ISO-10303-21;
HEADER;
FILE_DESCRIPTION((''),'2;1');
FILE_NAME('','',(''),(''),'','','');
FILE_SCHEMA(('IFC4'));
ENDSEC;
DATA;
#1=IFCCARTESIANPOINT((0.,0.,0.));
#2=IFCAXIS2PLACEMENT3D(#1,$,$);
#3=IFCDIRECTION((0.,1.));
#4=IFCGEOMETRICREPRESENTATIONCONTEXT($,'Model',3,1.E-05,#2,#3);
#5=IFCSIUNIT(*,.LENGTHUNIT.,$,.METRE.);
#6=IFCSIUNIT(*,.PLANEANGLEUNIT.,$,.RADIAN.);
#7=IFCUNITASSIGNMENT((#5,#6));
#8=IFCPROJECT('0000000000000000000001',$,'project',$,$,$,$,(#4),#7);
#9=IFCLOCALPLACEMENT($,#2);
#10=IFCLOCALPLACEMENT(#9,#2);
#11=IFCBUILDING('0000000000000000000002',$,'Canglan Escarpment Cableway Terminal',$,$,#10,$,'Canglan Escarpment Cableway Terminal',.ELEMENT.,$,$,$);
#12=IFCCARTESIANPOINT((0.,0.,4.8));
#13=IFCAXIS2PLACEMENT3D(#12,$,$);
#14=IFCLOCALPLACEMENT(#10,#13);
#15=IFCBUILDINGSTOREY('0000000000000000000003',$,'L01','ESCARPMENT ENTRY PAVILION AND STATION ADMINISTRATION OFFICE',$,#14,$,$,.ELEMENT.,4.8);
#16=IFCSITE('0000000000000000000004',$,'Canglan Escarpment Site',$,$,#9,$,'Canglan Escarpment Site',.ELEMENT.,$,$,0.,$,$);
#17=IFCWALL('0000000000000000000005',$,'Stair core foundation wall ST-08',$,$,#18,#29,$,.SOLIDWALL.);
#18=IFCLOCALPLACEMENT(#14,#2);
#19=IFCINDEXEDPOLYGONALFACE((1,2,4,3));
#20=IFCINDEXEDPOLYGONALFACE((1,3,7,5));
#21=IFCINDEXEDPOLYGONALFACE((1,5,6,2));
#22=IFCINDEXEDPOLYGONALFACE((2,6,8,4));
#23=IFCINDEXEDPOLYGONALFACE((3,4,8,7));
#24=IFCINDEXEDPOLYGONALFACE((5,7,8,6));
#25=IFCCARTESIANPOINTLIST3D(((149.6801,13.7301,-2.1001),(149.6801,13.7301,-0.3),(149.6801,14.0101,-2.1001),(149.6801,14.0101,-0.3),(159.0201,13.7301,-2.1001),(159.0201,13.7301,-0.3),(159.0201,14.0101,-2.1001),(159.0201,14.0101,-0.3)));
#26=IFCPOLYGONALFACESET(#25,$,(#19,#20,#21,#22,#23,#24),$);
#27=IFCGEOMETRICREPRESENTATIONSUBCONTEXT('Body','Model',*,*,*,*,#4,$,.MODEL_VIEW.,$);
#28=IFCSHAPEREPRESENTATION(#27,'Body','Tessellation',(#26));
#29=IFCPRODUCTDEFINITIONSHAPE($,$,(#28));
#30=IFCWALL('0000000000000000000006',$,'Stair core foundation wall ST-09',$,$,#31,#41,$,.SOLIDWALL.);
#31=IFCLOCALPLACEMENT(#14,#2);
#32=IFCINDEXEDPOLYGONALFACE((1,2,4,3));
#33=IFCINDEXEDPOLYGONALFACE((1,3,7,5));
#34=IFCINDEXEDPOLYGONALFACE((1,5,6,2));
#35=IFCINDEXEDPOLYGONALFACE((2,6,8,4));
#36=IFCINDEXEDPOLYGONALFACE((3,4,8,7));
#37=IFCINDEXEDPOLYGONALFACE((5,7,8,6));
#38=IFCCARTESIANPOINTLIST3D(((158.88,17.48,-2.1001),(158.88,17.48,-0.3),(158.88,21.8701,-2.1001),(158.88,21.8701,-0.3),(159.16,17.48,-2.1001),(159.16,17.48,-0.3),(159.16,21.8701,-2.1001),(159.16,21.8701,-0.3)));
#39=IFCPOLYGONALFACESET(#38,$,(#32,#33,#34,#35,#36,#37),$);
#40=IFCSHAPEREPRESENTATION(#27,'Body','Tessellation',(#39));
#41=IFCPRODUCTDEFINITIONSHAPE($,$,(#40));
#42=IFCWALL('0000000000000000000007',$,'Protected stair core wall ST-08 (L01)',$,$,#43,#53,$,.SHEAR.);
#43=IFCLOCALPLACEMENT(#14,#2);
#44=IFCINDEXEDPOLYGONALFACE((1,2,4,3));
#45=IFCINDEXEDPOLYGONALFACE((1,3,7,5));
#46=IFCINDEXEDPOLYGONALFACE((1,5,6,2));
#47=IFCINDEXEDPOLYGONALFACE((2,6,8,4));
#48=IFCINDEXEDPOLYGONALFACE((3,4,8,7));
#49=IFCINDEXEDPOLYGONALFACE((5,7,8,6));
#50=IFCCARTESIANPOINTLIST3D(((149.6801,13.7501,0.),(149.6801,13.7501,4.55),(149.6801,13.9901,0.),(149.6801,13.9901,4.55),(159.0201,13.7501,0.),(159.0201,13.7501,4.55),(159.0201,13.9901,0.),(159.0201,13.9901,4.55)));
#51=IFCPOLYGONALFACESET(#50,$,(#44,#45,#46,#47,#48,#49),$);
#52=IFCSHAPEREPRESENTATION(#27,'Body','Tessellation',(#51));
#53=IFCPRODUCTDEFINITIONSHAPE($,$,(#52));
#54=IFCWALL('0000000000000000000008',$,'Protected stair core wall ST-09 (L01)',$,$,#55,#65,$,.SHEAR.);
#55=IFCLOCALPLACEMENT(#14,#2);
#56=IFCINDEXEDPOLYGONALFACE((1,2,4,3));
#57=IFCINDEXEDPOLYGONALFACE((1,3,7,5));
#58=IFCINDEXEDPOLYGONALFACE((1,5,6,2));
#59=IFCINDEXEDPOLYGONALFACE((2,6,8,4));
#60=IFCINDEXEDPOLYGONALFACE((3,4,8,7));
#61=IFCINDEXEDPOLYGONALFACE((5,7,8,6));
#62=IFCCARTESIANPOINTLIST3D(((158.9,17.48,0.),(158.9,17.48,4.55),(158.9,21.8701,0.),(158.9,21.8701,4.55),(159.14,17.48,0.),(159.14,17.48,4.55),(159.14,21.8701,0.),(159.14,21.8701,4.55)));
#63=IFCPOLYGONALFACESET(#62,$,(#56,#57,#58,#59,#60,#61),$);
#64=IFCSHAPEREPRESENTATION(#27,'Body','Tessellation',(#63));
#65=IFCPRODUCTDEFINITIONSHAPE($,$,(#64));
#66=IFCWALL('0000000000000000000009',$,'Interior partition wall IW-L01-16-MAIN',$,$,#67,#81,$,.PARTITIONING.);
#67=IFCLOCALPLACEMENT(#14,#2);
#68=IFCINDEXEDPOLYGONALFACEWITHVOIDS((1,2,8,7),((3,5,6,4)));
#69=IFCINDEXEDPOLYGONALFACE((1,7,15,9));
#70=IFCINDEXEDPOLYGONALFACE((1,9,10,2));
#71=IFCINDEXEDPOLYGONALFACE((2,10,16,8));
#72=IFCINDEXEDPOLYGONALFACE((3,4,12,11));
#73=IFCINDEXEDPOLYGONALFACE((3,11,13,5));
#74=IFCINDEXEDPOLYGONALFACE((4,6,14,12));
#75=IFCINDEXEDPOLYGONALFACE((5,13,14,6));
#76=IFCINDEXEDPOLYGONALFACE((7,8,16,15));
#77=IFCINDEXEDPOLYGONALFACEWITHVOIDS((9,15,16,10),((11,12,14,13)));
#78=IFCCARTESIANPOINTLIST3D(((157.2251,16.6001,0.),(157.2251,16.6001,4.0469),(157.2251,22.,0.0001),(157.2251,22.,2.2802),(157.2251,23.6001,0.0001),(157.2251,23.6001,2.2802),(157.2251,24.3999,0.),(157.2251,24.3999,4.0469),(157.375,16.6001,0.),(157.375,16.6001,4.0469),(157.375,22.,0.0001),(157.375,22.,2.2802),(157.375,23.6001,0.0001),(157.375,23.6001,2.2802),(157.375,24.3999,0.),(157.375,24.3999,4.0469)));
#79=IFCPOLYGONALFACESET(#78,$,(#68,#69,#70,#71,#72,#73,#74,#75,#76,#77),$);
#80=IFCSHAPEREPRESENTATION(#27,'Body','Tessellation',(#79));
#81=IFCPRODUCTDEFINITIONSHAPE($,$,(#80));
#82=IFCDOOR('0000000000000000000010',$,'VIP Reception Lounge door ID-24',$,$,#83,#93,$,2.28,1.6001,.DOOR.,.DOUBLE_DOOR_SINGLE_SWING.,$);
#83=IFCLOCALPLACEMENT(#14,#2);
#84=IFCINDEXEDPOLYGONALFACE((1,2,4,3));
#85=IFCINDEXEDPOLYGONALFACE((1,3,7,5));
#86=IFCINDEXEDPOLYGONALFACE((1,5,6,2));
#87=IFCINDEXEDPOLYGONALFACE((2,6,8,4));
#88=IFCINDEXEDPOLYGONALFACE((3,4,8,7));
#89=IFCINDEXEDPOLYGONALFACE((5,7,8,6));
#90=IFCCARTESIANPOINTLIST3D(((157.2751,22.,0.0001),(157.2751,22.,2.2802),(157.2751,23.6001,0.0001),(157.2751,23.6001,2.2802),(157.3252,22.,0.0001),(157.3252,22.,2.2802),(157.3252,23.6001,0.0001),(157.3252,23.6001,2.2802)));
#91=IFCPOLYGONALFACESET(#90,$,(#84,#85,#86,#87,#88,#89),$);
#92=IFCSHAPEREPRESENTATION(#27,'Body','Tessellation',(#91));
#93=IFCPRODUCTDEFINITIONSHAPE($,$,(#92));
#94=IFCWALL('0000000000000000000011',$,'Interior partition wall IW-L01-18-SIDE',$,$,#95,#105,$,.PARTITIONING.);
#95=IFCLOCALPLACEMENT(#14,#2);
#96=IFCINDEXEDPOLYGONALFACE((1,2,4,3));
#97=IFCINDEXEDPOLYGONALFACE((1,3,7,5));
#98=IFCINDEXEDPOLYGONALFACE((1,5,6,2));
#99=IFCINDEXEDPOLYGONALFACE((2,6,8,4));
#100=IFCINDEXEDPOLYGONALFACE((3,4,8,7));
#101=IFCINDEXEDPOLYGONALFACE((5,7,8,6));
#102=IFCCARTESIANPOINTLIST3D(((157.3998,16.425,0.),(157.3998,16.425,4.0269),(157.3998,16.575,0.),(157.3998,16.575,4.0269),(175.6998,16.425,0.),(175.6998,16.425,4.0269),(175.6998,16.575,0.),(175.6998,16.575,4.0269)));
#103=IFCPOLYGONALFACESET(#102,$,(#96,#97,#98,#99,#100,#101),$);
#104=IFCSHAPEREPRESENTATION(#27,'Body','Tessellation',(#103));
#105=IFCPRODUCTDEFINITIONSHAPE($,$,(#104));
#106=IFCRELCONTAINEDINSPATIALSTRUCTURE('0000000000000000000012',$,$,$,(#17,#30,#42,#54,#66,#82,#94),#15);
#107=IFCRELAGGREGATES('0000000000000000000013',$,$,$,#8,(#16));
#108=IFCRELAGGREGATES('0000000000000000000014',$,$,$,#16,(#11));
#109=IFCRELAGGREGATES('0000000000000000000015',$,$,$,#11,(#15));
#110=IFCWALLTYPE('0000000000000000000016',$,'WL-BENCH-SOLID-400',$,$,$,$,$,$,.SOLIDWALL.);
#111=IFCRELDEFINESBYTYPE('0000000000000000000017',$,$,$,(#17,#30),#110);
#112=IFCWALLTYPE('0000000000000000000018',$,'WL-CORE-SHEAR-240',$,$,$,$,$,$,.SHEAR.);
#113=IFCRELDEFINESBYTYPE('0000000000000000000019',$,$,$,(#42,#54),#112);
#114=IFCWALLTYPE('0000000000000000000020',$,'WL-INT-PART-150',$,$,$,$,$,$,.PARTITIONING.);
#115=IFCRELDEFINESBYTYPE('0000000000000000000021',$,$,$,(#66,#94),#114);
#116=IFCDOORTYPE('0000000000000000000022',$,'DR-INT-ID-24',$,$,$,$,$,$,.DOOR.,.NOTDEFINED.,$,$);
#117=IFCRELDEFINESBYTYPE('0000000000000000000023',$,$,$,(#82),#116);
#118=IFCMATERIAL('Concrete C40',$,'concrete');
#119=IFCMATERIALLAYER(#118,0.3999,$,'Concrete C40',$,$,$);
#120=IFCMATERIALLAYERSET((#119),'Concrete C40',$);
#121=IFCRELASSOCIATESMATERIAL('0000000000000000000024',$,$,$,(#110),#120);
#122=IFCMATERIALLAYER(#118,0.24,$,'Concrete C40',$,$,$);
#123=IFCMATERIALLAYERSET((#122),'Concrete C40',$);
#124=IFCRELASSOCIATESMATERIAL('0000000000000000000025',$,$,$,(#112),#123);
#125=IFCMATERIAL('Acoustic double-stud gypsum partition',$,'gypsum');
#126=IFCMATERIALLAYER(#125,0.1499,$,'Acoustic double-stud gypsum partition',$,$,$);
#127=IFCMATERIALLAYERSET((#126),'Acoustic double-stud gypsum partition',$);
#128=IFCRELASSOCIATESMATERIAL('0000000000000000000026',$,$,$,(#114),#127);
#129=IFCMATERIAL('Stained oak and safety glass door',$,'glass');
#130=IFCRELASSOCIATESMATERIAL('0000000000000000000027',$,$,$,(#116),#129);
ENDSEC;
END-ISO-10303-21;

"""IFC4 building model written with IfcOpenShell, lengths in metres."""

from ifc_helpers import new_model, si_unit, direction, frame, frame_2d, origin, place, context, subcontext, project, spatial, rectangle, extrude, material, layer, layer_set, type_object, element, fill, save


model = new_model("IFC4")

# Units and contexts
model_context = context("Model", 3, precision=1e-05, world=origin(), true_north=direction((0.0, 1.0)))
body_context = subcontext(model_context, "Body", "Model", "MODEL_VIEW")
ifc_project = project(units=[si_unit("LENGTHUNIT", "METRE"), si_unit("PLANEANGLEUNIT", "RADIAN")], contexts=[model_context])

# Site, building, storey
site_placement = place(None, origin())
site = spatial("IfcSite", under=ifc_project, at=site_placement, Name="Canglan Escarpment Site", LongName="Canglan Escarpment Site", CompositionType="ELEMENT", RefElevation=0.0)
building_placement = place(site_placement, origin())
building = spatial("IfcBuilding", under=site, at=building_placement, Name="Canglan Escarpment Cableway Terminal", LongName="Canglan Escarpment Cableway Terminal", CompositionType="ELEMENT")
storey_placement = place(building_placement, frame((0.0, 0.0, 4.8)))
storey = spatial("IfcBuildingStorey", under=building, at=storey_placement, Name="L01", Description="ESCARPMENT ENTRY PAVILION AND STATION ADMINISTRATION OFFICE", CompositionType="ELEMENT", Elevation=4.8)

# Shared definitions
ifc_material_1 = material(Name="Concrete C40", Category="concrete")

# Walls
ifc_layer_1 = layer(ifc_material_1, 0.3999, Name="Concrete C40")
ifc_layer_set_1 = layer_set([ifc_layer_1], Name="Concrete C40")
wall_type_1 = type_object("IfcWallType", Name="WL-BENCH-SOLID-400", PredefinedType="SOLIDWALL", material=ifc_layer_set_1)
wall_1_placement = place(storey_placement, frame((159.02, 13.8701, -2.1001), z_axis=(0.0, 0.0, 1.0), x_axis=(-1.0, 0.0, 0.0)))
element("IfcWall", 1, at=wall_1_placement, inside=storey, type_object=wall_type_1, Name="Stair core foundation wall ST-08", PredefinedType="SOLIDWALL", context=body_context, shape_type="SweptSolid", body=[
    extrude(rectangle(XDim=9.3401, YDim=0.28, at=frame_2d((4.6699, 0.0))), origin(), (0.0, 0.0, 1.0), 1.8),
])
wall_2_placement = place(storey_placement, frame((159.02, 17.48, -2.1001), z_axis=(0.0, 0.0, 1.0), x_axis=(0.0, 1.0, 0.0)))
element("IfcWall", 2, at=wall_2_placement, inside=storey, type_object=wall_type_1, Name="Stair core foundation wall ST-09", PredefinedType="SOLIDWALL", context=body_context, shape_type="SweptSolid", body=[
    extrude(rectangle(XDim=4.3901, YDim=0.28, at=frame_2d((2.1951, 0.0))), origin(), (0.0, 0.0, 1.0), 1.8),
])
ifc_layer_2 = layer(ifc_material_1, 0.24, Name="Concrete C40")
ifc_layer_set_2 = layer_set([ifc_layer_2], Name="Concrete C40")
wall_type_2 = type_object("IfcWallType", Name="WL-CORE-SHEAR-240", PredefinedType="SHEAR", material=ifc_layer_set_2)
wall_3_placement = place(storey_placement, frame((159.02, 13.8701, 0.0), z_axis=(0.0, 0.0, 1.0), x_axis=(-1.0, 0.0, 0.0)))
element("IfcWall", 3, at=wall_3_placement, inside=storey, type_object=wall_type_2, Name="Protected stair core wall ST-08 (L01)", PredefinedType="SHEAR", context=body_context, shape_type="SweptSolid", body=[
    extrude(rectangle(XDim=9.3401, YDim=0.24, at=frame_2d((4.6699, 0.0))), origin(), (0.0, 0.0, 1.0), 4.55),
])
wall_4_placement = place(storey_placement, frame((159.02, 17.48, 0.0), z_axis=(0.0, 0.0, 1.0), x_axis=(0.0, 1.0, 0.0)))
element("IfcWall", 4, at=wall_4_placement, inside=storey, type_object=wall_type_2, Name="Protected stair core wall ST-09 (L01)", PredefinedType="SHEAR", context=body_context, shape_type="SweptSolid", body=[
    extrude(rectangle(XDim=4.3901, YDim=0.24, at=frame_2d((2.1951, 0.0))), origin(), (0.0, 0.0, 1.0), 4.55),
])

# Wall, opening, door
ifc_material_2 = material(Name="Acoustic double-stud gypsum partition", Category="gypsum")
ifc_layer_3 = layer(ifc_material_2, 0.1499, Name="Acoustic double-stud gypsum partition")
ifc_layer_set_3 = layer_set([ifc_layer_3], Name="Acoustic double-stud gypsum partition")
wall_type_3 = type_object("IfcWallType", Name="WL-INT-PART-150", PredefinedType="PARTITIONING", material=ifc_layer_set_3)
wall_5_placement = place(storey_placement, frame((157.3, 16.6001, 0.0), z_axis=(0.0, 0.0, 1.0), x_axis=(0.0, 1.0, 0.0)))
wall_5 = element("IfcWall", 5, at=wall_5_placement, inside=storey, type_object=wall_type_3, Name="Interior partition wall IW-L01-16-MAIN", PredefinedType="PARTITIONING", context=body_context, shape_type="SweptSolid", body=[
    extrude(rectangle(XDim=7.7998, YDim=0.1499, at=frame_2d((3.8999, 0.0))), origin(), (0.0, 0.0, 1.0), 4.0469),
])
opening_placement = place(wall_5_placement, frame((5.3999, 0.0, 0.0)))
opening = element("IfcOpeningElement", 6, at=opening_placement, cuts=wall_5, PredefinedType="OPENING", context=body_context, shape_type="SweptSolid", body=[
    extrude(rectangle(XDim=1.6001, YDim=2.28, at=frame_2d((0.8, 1.1401))), frame((0.0, 0.085, 0.0), z_axis=(0.0, -1.0, 0.0), x_axis=(1.0, 0.0, 0.0)), (0.0, 0.0, 1.0), 0.1699),
])
ifc_material_3 = material(Name="Stained oak and safety glass door", Category="glass")
door_type = type_object("IfcDoorType", Name="DR-INT-ID-24", OperationType="NOTDEFINED", PredefinedType="DOOR", material=ifc_material_3)
door_placement = place(opening_placement, origin())
door = element("IfcDoor", 7, at=door_placement, inside=storey, type_object=door_type, Name="VIP Reception Lounge door ID-24", OperationType="DOUBLE_DOOR_SINGLE_SWING", OverallHeight=2.28, OverallWidth=1.6001, PredefinedType="DOOR", context=body_context, shape_type="SweptSolid", body=[
    extrude(rectangle(XDim=1.6001, YDim=2.28, at=frame_2d((0.8, 1.1401))), frame((0.0, 0.0249, 0.0), z_axis=(0.0, -1.0, 0.0), x_axis=(1.0, 0.0, 0.0)), (0.0, 0.0, 1.0), 0.05),
])
fill(opening, door)

# Wall
wall_6_placement = place(storey_placement, frame((157.3999, 16.5, 0.0), z_axis=(0.0, 0.0, 1.0), x_axis=(1.0, 0.0, 0.0)))
element("IfcWall", 8, at=wall_6_placement, inside=storey, type_object=wall_type_3, Name="Interior partition wall IW-L01-18-SIDE", PredefinedType="PARTITIONING", context=body_context, shape_type="SweptSolid", body=[
    extrude(rectangle(XDim=18.3, YDim=0.1499, at=frame_2d((9.1499, 0.0))), origin(), (0.0, 0.0, 1.0), 4.0269),
])

save(model, "model.ifc")
